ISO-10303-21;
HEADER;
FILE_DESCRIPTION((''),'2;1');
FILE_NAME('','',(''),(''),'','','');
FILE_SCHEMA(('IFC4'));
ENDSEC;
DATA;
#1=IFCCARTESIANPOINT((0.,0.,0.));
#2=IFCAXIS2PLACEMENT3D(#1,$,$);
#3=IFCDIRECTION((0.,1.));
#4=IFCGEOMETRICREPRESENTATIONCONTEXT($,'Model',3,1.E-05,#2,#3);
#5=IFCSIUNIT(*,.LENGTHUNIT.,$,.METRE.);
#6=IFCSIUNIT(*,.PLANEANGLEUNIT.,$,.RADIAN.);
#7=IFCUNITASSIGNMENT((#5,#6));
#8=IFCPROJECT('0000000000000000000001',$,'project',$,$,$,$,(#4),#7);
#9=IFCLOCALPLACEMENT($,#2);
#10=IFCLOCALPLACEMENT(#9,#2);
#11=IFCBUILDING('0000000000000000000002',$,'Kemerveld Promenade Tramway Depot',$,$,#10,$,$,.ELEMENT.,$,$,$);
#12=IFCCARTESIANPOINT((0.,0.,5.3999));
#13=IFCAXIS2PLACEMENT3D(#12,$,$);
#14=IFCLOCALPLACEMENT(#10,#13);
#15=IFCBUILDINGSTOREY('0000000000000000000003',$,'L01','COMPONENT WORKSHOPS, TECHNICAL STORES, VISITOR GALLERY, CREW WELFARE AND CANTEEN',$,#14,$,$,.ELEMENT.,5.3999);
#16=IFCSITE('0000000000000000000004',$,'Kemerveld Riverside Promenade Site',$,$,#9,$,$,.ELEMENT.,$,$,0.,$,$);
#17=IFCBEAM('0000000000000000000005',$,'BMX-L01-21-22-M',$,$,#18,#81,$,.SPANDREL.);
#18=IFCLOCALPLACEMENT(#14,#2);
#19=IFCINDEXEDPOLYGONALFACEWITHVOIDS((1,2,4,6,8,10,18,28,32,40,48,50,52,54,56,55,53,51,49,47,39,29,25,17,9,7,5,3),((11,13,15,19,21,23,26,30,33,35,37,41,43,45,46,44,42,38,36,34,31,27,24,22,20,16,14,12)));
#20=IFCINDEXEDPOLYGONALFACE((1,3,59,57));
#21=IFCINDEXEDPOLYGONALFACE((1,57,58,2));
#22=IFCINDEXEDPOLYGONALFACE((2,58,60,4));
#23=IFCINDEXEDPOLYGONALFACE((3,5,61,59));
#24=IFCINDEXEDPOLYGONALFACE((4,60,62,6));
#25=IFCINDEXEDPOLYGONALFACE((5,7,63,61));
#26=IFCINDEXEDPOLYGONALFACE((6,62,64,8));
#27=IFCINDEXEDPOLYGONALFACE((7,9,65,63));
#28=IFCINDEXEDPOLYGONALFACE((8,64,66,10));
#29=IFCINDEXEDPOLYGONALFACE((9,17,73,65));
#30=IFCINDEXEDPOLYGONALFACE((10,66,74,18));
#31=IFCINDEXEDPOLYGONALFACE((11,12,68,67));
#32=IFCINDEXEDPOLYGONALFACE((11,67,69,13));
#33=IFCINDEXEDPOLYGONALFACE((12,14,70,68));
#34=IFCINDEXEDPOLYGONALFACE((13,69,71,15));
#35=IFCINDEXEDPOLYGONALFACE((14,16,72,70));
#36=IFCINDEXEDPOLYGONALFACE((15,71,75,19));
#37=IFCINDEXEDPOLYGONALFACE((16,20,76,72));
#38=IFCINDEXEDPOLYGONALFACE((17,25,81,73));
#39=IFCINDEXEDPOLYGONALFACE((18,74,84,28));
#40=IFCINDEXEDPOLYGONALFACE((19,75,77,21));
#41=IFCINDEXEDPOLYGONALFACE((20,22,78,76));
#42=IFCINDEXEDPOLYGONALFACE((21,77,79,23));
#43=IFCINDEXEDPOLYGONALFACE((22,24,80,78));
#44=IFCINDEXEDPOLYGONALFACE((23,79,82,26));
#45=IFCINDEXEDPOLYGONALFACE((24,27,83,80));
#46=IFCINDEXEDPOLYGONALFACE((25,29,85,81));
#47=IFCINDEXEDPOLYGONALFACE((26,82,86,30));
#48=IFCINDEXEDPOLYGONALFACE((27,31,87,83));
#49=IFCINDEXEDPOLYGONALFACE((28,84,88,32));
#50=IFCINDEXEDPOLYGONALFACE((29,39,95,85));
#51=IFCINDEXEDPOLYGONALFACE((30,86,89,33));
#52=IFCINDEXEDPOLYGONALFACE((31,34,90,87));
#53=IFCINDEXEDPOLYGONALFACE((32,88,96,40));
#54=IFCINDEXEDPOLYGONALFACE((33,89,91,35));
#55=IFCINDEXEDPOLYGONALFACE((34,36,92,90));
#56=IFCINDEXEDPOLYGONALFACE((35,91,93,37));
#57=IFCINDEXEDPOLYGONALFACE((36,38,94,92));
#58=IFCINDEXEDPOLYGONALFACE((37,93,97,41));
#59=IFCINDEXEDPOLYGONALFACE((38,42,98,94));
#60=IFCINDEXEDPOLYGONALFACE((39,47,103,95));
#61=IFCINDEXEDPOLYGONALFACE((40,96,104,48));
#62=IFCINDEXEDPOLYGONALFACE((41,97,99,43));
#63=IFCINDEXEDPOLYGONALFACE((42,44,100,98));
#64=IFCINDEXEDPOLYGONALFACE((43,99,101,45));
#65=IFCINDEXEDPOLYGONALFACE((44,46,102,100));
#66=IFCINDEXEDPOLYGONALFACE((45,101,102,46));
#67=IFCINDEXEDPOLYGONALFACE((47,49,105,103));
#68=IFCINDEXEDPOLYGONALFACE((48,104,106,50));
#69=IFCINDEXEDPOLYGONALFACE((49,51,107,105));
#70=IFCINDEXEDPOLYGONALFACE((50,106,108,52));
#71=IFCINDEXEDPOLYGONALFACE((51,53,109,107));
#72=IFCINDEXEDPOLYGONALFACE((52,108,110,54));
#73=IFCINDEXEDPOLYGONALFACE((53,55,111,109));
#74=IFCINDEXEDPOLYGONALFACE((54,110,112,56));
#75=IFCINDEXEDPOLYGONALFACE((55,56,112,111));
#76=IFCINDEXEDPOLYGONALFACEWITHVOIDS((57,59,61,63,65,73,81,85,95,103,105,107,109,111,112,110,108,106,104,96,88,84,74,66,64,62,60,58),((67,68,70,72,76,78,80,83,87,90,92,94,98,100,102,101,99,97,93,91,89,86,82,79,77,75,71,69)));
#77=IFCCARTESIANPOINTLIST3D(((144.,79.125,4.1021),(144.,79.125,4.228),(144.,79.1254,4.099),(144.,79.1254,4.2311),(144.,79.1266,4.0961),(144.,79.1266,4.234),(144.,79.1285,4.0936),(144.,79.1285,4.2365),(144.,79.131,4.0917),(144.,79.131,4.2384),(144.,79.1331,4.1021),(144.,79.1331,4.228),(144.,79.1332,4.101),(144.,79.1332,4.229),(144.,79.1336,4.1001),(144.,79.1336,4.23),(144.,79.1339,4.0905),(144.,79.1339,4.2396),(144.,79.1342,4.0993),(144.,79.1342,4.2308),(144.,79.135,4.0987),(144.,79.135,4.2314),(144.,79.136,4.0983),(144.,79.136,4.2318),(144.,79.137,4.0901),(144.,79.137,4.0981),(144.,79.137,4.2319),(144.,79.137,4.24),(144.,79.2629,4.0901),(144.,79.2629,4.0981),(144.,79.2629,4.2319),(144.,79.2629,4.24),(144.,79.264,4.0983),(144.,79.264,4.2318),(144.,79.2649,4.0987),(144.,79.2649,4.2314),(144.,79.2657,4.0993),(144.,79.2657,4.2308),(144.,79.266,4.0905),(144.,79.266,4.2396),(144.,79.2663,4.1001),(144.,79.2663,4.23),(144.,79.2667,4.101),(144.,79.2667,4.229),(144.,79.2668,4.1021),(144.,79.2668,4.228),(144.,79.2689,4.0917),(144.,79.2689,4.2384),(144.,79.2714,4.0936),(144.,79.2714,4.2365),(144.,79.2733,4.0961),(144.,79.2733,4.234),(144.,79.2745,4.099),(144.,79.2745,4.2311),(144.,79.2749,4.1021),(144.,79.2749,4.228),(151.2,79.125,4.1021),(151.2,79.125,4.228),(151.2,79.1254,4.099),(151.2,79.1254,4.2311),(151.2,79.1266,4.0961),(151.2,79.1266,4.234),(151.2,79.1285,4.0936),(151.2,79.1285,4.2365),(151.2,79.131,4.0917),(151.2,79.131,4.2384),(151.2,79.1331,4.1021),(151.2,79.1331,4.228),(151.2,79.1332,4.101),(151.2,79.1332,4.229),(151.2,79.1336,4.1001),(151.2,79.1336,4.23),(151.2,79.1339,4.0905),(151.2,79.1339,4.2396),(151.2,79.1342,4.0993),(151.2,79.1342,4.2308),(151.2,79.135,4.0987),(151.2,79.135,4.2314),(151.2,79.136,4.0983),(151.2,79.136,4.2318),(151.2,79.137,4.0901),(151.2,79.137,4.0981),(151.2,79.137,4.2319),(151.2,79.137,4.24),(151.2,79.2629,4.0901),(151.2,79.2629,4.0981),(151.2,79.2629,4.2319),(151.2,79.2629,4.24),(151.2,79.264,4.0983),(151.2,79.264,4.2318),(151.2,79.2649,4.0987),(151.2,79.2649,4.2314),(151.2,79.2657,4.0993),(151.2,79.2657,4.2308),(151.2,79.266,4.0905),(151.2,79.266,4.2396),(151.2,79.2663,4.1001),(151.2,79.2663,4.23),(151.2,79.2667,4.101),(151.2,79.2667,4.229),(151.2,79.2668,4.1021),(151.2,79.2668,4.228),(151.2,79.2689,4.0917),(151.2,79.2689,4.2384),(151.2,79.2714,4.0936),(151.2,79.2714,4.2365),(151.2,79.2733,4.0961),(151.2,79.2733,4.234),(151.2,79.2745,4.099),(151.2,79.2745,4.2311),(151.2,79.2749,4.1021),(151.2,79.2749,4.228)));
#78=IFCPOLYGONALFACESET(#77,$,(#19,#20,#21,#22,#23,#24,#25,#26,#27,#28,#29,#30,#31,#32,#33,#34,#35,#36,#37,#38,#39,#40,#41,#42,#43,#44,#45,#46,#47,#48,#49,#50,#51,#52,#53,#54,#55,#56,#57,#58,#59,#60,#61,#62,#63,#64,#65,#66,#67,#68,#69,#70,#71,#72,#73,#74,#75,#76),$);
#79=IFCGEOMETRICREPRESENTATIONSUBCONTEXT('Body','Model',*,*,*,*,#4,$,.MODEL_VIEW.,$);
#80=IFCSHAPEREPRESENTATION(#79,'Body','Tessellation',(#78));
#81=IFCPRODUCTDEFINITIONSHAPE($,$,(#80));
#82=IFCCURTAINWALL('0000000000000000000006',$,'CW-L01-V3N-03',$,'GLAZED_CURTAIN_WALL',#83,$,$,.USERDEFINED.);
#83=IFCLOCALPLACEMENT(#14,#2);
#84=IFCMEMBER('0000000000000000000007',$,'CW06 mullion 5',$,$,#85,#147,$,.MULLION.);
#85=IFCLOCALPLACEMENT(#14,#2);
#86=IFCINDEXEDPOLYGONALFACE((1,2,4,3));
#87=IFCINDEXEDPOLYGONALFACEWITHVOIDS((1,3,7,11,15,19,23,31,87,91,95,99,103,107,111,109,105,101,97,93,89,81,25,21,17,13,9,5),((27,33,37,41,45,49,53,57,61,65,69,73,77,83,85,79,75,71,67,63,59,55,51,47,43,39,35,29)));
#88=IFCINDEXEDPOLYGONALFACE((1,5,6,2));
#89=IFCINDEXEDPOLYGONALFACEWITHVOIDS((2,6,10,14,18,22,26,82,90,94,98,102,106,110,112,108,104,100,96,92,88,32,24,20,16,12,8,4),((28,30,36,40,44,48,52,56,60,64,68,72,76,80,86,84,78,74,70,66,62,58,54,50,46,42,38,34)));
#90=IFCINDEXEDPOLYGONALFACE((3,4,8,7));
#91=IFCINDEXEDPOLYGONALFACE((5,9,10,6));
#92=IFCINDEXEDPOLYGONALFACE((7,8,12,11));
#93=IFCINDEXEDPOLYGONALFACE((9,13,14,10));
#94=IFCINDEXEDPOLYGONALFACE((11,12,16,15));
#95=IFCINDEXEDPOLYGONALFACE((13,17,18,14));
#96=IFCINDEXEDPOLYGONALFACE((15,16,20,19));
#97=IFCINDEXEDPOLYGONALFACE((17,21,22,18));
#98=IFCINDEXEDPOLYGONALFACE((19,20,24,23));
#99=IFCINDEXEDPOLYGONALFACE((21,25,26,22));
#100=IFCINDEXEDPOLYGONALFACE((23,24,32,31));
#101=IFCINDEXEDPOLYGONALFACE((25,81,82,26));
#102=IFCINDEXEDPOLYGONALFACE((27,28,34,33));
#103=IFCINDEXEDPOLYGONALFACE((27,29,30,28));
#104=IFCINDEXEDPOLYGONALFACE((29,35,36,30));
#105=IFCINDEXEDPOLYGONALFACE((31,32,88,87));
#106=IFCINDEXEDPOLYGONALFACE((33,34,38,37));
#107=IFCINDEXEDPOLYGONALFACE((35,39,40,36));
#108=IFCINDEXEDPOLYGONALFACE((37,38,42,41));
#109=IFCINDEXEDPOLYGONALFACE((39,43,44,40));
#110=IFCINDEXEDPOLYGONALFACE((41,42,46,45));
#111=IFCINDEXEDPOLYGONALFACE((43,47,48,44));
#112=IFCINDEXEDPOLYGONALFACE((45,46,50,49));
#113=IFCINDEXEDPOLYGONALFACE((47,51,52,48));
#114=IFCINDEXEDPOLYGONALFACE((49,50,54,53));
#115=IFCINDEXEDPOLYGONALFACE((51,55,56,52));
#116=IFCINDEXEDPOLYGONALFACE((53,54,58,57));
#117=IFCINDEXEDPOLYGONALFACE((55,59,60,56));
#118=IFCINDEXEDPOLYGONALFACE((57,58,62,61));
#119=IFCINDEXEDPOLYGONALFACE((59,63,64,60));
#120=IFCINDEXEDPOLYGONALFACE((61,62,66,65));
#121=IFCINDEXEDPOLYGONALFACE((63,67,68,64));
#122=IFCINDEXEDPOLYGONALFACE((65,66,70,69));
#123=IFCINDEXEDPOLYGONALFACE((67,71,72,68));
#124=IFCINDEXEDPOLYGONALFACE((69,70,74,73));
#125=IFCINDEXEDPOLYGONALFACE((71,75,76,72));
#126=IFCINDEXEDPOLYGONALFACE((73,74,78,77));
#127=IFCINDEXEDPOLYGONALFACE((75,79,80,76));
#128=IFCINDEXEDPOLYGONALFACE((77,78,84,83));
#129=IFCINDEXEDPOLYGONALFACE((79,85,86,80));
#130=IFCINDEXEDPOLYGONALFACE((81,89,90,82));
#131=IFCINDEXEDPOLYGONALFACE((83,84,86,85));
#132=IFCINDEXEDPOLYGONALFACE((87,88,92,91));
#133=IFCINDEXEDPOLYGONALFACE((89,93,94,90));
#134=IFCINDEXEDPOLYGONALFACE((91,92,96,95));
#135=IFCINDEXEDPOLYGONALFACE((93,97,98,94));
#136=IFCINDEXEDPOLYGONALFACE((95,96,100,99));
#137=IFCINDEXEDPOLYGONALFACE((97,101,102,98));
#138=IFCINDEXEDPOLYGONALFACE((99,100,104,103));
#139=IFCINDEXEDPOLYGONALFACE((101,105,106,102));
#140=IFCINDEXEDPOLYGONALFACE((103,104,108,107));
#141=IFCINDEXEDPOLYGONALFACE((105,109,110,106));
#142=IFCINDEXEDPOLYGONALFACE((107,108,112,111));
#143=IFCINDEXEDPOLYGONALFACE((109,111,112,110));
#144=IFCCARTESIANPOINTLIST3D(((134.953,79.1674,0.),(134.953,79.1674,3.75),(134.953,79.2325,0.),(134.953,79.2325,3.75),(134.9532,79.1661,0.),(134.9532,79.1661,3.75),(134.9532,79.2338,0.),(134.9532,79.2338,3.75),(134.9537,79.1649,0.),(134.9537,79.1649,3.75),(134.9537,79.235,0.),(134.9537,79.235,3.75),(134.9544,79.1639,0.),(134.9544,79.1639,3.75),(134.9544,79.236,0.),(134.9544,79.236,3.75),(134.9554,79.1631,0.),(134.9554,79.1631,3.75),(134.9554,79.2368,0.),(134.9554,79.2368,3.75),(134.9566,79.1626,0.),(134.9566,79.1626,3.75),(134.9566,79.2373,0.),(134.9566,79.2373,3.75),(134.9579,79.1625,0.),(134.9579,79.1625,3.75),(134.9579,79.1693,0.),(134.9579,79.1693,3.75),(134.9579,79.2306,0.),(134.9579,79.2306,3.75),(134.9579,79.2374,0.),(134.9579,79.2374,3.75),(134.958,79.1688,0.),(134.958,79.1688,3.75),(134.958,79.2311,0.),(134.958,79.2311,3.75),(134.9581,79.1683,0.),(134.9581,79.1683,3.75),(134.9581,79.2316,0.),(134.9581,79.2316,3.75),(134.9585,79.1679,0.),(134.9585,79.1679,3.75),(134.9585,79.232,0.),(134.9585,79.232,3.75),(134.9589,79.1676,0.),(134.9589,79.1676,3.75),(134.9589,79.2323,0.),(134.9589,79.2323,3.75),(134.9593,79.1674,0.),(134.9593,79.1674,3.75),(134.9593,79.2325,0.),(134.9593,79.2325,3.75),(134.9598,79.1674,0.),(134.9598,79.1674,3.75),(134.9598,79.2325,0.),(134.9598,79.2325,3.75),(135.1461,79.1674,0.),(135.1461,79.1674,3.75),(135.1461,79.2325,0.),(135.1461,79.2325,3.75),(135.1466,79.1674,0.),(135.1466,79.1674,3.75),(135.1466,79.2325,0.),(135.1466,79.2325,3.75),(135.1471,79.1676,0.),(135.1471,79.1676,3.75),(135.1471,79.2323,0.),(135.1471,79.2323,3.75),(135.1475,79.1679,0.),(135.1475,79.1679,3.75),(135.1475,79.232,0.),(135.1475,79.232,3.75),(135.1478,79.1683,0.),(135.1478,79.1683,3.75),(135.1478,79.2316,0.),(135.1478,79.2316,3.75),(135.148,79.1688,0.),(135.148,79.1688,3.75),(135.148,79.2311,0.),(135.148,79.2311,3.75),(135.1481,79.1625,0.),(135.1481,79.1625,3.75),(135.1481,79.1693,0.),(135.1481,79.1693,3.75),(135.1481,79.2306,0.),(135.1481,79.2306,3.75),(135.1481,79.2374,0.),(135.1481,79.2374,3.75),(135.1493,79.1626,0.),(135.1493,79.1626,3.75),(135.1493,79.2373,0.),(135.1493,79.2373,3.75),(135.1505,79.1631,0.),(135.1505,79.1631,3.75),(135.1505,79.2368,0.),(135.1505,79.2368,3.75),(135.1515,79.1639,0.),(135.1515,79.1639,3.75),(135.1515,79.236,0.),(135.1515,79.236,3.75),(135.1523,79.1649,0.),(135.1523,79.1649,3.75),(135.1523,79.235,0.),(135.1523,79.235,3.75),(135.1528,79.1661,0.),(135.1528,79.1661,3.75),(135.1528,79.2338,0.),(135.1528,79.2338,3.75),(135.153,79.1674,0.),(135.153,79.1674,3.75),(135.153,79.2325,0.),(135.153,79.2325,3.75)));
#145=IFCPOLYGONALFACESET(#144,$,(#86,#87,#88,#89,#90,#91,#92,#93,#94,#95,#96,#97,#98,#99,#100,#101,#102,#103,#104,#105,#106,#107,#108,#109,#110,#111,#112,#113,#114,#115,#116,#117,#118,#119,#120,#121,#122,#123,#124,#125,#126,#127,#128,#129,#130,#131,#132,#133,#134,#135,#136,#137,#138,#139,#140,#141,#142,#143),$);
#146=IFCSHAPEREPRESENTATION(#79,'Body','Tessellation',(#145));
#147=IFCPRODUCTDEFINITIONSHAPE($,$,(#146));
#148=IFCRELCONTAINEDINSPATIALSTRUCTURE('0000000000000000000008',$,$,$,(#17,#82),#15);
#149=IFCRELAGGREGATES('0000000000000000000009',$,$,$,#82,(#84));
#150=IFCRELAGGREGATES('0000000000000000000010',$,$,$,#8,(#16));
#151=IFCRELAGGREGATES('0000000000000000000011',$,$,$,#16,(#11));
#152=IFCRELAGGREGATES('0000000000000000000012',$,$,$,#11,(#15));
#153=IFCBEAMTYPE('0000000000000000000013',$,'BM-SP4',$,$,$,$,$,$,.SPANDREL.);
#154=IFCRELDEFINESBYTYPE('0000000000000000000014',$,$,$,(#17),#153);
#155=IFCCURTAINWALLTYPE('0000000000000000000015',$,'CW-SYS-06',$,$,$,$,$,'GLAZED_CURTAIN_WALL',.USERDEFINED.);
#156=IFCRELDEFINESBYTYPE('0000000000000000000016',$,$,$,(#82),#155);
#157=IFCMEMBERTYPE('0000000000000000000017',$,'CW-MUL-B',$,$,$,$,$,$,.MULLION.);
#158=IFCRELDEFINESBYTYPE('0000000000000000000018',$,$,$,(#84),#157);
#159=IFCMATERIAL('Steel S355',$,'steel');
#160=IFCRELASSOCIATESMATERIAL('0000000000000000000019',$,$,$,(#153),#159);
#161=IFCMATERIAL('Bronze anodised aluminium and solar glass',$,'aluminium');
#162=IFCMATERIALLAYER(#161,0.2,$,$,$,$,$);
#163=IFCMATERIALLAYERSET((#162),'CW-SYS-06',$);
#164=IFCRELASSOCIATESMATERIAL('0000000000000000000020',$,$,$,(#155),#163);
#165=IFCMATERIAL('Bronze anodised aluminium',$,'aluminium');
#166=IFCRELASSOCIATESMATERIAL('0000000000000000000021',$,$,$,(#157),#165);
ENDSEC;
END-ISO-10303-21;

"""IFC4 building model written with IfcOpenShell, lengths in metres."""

from ifc_helpers import new_model, si_unit, direction, frame, origin, origin_2d, place, context, subcontext, project, spatial, hollow_rectangle, extrude, material, layer, layer_set, material_profile, profile_set, type_object, element, aggregate, save


model = new_model("IFC4")

# Units and contexts
model_context = context("Model", 3, precision=1e-05, world=origin(), true_north=direction((0.0, 1.0)))
body_context = subcontext(model_context, "Body", "Model", "MODEL_VIEW")
ifc_project = project(units=[si_unit("LENGTHUNIT", "METRE"), si_unit("PLANEANGLEUNIT", "RADIAN")], contexts=[model_context])

# Site, building, storey
site_placement = place(None, origin())
site = spatial("IfcSite", under=ifc_project, at=site_placement, Name="Kemerveld Riverside Promenade Site", CompositionType="ELEMENT", RefElevation=0.0)
building_placement = place(site_placement, origin())
building = spatial("IfcBuilding", under=site, at=building_placement, Name="Kemerveld Promenade Tramway Depot", CompositionType="ELEMENT")
storey_placement = place(building_placement, frame((0.0, 0.0, 5.3999)))
storey = spatial("IfcBuildingStorey", under=building, at=storey_placement, Name="L01", Description="COMPONENT WORKSHOPS, TECHNICAL STORES, VISITOR GALLERY, CREW WELFARE AND CANTEEN", CompositionType="ELEMENT", Elevation=5.3999)

# Shared definitions
ifc_material_1 = material(Name="Steel S355", Category="steel")

# Beam
ifc_material_profile_1 = material_profile(ifc_material_1, hollow_rectangle(XDim=0.1499, YDim=0.1499, WallThickness=0.0081, InnerFilletRadius=0.0039, OuterFilletRadius=0.012, at=origin_2d()), Name="150x150x8.0 SHS")
ifc_profile_set_1 = profile_set([ifc_material_profile_1], Name="Steel S355")
beam_type_1 = type_object("IfcBeamType", Name="BM-SP4", PredefinedType="SPANDREL", material=ifc_profile_set_1)
beam_1_placement = place(storey_placement, frame((144.0, 79.2, 4.165), z_axis=(1.0, 0.0, 0.0), x_axis=(0.0, 1.0, 0.0)))
element("IfcBeam", 1, at=beam_1_placement, inside=storey, type_object=beam_type_1, Name="BMX-L01-21-22-M", PredefinedType="SPANDREL", context=body_context, shape_type="SweptSolid", body=[
    extrude(hollow_rectangle(XDim=0.1499, YDim=0.1499, WallThickness=0.0081, InnerFilletRadius=0.0039, OuterFilletRadius=0.012, at=origin_2d()), origin(), (0.0, 0.0, 1.0), 7.2),
])

# Curtain wall, member
ifc_material_2 = material(Name="Bronze anodised aluminium and solar glass", Category="aluminium")
ifc_layer_1 = layer(ifc_material_2, 0.2)
ifc_layer_set_1 = layer_set([ifc_layer_1], Name="CW-SYS-06")
curtain_wall_type_1 = type_object("IfcCurtainWallType", Name="CW-SYS-06", ElementType="GLAZED_CURTAIN_WALL", PredefinedType="USERDEFINED", material=ifc_layer_set_1)
curtain_wall_1_placement = place(storey_placement, origin())
curtain_wall_1 = element("IfcCurtainWall", 2, at=curtain_wall_1_placement, inside=storey, type_object=curtain_wall_type_1, Name="CW-L01-V3N-03", ObjectType="GLAZED_CURTAIN_WALL", PredefinedType="USERDEFINED")
ifc_material_3 = material(Name="Bronze anodised aluminium", Category="aluminium")
ifc_material_profile_2 = material_profile(ifc_material_3, hollow_rectangle(XDim=0.075, YDim=0.2, WallThickness=0.0049, InnerFilletRadius=0.002, OuterFilletRadius=0.0049, at=origin_2d()), Name="CW-MUL-200x75")
ifc_profile_set_2 = profile_set([ifc_material_profile_2], Name="Bronze anodised aluminium")
member_type_1 = type_object("IfcMemberType", Name="CW-MUL-B", PredefinedType="MULLION", material=ifc_profile_set_2)
member_1_placement = place(storey_placement, frame((135.053, 79.2, 0.0), z_axis=(0.0, 0.0, 1.0), x_axis=(0.0, 1.0, 0.0)))
member_1 = element("IfcMember", 3, at=member_1_placement, type_object=member_type_1, Name="CW06 mullion 5", PredefinedType="MULLION", context=body_context, shape_type="SweptSolid", body=[
    extrude(hollow_rectangle(XDim=0.075, YDim=0.2, WallThickness=0.0049, InnerFilletRadius=0.002, OuterFilletRadius=0.0049, at=origin_2d()), origin(), (0.0, 0.0, 1.0), 3.75),
])

aggregate(curtain_wall_1, [member_1])

save(model, "model.ifc")
